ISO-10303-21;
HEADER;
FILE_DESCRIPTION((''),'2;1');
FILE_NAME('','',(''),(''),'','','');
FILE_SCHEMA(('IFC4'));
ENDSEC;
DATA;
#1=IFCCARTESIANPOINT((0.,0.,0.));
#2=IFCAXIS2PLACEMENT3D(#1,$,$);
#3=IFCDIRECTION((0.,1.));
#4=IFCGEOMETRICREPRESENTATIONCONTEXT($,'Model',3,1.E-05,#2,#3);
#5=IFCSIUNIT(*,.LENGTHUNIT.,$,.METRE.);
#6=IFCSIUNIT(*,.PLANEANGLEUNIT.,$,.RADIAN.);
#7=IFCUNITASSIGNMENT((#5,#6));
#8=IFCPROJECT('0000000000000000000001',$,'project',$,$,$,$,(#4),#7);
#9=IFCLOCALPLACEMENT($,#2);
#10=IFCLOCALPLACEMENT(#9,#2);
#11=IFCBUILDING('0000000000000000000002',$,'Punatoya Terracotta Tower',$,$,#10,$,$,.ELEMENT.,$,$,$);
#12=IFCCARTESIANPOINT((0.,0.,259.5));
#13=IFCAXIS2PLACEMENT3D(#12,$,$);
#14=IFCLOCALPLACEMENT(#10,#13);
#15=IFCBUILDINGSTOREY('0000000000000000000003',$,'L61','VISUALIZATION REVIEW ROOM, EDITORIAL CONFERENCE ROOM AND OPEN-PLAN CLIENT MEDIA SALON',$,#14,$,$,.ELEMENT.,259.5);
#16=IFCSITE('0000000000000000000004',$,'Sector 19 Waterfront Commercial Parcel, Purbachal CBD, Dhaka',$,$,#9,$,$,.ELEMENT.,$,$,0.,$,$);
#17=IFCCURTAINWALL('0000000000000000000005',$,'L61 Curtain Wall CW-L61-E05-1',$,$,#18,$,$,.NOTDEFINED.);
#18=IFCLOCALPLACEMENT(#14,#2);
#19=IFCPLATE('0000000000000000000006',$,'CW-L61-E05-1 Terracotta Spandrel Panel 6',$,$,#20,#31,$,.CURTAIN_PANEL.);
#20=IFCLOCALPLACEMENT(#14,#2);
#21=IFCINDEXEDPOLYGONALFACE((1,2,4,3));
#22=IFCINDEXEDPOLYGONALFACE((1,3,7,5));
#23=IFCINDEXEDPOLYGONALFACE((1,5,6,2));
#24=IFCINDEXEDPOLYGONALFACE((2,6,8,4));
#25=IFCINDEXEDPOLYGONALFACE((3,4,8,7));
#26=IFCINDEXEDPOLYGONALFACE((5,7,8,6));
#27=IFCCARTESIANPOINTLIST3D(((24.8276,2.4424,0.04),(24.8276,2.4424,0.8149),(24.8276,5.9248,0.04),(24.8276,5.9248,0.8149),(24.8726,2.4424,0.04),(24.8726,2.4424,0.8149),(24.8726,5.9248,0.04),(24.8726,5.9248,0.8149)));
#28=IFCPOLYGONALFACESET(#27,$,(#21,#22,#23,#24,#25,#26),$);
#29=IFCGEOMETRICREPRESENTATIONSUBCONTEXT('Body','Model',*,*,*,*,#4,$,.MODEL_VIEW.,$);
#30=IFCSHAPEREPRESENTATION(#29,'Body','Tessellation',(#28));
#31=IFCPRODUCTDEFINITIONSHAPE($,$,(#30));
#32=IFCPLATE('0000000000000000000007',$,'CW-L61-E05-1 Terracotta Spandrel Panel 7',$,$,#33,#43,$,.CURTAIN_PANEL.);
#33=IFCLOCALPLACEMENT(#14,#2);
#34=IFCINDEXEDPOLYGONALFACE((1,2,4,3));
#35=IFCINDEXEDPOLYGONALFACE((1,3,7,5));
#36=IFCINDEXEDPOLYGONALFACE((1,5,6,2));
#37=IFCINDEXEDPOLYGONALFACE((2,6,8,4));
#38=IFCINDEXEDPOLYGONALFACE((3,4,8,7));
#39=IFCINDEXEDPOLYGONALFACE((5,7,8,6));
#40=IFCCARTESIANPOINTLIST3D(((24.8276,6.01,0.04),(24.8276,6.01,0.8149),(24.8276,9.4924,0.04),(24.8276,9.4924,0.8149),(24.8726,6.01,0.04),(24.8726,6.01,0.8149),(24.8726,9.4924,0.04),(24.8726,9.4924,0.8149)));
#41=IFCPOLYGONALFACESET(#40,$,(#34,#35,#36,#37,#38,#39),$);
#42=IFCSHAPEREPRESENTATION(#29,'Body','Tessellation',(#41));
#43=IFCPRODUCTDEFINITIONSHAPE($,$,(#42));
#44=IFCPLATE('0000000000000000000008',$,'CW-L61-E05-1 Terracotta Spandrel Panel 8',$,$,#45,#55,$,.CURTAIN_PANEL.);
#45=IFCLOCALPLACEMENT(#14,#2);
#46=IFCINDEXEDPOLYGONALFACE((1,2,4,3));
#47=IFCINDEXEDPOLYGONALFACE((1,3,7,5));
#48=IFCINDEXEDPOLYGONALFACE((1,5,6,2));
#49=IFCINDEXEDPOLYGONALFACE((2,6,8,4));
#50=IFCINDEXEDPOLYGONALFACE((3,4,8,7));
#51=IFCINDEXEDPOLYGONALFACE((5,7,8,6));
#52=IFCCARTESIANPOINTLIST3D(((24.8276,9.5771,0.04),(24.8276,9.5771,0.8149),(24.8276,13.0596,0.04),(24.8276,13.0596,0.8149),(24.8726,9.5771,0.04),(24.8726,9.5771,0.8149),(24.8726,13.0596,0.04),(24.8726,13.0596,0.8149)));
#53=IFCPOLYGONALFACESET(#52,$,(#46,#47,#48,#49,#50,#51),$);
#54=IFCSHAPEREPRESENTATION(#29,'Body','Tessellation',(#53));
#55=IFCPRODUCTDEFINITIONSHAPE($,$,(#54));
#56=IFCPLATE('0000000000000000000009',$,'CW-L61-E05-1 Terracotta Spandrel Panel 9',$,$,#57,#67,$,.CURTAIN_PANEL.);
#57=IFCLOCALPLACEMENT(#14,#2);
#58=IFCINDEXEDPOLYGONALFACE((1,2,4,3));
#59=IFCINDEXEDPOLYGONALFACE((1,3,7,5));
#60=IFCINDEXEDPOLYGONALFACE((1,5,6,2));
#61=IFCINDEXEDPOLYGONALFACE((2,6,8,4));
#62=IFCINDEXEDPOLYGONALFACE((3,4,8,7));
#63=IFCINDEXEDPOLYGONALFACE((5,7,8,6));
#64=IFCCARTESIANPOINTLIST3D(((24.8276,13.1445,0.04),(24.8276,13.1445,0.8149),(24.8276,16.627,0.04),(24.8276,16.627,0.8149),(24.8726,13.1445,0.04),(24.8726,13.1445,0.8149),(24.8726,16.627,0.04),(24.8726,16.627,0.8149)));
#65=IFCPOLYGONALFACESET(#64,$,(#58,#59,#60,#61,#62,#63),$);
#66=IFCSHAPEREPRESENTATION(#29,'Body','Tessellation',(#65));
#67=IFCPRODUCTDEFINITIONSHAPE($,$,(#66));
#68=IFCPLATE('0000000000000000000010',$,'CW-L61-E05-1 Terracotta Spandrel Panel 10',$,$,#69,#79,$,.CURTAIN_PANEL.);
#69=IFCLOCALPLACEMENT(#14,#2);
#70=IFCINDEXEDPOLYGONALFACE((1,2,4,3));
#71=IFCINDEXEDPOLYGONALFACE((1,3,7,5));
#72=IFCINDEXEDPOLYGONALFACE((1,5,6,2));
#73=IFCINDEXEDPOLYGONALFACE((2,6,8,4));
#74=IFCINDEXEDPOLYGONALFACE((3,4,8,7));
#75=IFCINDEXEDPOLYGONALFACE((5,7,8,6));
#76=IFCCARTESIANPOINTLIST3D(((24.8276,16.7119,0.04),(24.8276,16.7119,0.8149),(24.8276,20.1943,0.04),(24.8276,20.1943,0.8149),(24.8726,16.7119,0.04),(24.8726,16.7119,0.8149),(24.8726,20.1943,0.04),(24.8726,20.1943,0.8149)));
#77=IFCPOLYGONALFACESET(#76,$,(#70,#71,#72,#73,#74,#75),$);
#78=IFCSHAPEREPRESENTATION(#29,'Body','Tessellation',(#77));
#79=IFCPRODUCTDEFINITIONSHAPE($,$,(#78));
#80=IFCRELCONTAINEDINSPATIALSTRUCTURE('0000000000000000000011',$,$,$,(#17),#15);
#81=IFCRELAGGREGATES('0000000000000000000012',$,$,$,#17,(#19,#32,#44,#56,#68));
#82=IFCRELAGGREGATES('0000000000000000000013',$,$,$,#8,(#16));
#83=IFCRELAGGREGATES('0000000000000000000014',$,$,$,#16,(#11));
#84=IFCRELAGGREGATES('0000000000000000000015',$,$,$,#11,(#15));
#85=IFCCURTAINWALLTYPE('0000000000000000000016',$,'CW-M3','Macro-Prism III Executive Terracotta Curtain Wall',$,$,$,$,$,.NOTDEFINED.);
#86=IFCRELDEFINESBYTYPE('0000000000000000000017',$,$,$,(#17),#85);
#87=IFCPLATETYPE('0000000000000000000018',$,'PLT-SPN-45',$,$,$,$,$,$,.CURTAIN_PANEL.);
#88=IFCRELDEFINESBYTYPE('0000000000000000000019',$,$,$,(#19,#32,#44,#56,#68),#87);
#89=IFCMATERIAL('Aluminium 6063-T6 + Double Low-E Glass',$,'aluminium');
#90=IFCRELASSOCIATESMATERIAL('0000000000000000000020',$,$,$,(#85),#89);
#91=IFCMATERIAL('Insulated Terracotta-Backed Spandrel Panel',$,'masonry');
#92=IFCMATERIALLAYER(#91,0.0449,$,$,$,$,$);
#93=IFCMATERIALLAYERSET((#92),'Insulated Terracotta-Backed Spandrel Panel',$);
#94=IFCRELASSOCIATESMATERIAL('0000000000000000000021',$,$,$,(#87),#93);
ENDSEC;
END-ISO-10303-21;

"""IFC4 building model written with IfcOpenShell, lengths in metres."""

from ifc_helpers import new_model, si_unit, direction, frame, origin, origin_2d, place, context, subcontext, project, spatial, rectangle, extrude, material, layer, layer_set, type_object, element, aggregate, save


model = new_model("IFC4")

# Units and contexts
model_context = context("Model", 3, precision=1e-05, world=origin(), true_north=direction((0.0, 1.0)))
body_context = subcontext(model_context, "Body", "Model", "MODEL_VIEW")
ifc_project = project(units=[si_unit("LENGTHUNIT", "METRE"), si_unit("PLANEANGLEUNIT", "RADIAN")], contexts=[model_context])

# Site, building, storey
site_placement = place(None, origin())
site = spatial("IfcSite", under=ifc_project, at=site_placement, Name="Sector 19 Waterfront Commercial Parcel, Purbachal CBD, Dhaka", CompositionType="ELEMENT", RefElevation=0.0)
building_placement = place(site_placement, origin())
building = spatial("IfcBuilding", under=site, at=building_placement, Name="Punatoya Terracotta Tower", CompositionType="ELEMENT")
storey_placement = place(building_placement, frame((0.0, 0.0, 259.5)))
storey = spatial("IfcBuildingStorey", under=building, at=storey_placement, Name="L61", Description="VISUALIZATION REVIEW ROOM, EDITORIAL CONFERENCE ROOM AND OPEN-PLAN CLIENT MEDIA SALON", CompositionType="ELEMENT", Elevation=259.5)

# Curtain wall, plates
ifc_material_1 = material(Name="Aluminium 6063-T6 + Double Low-E Glass", Category="aluminium")
curtain_wall_type = type_object("IfcCurtainWallType", Name="CW-M3", Description="Macro-Prism III Executive Terracotta Curtain Wall", PredefinedType="NOTDEFINED", material=ifc_material_1)
curtain_wall_placement = place(storey_placement, origin())
curtain_wall = element("IfcCurtainWall", 1, at=curtain_wall_placement, inside=storey, type_object=curtain_wall_type, Name="L61 Curtain Wall CW-L61-E05-1", PredefinedType="NOTDEFINED")
ifc_material_2 = material(Name="Insulated Terracotta-Backed Spandrel Panel", Category="masonry")
ifc_layer_1 = layer(ifc_material_2, 0.0449)
ifc_layer_set_1 = layer_set([ifc_layer_1], Name="Insulated Terracotta-Backed Spandrel Panel")
plate_type_1 = type_object("IfcPlateType", Name="PLT-SPN-45", PredefinedType="CURTAIN_PANEL", material=ifc_layer_set_1)
plate_1_placement = place(storey_placement, frame((24.8501, 4.1836, 0.04), z_axis=(0.0, 0.0, 1.0), x_axis=(0.0, 1.0, 0.0)))
plate_1 = element("IfcPlate", 2, at=plate_1_placement, type_object=plate_type_1, Name="CW-L61-E05-1 Terracotta Spandrel Panel 6", PredefinedType="CURTAIN_PANEL", context=body_context, shape_type="SweptSolid", body=[
    extrude(rectangle(XDim=3.4824, YDim=0.0449, at=origin_2d()), origin(), (0.0, 0.0, 1.0), 0.7749),
])
plate_2_placement = place(storey_placement, frame((24.8501, 7.7512, 0.04), z_axis=(0.0, 0.0, 1.0), x_axis=(0.0, 1.0, 0.0)))
plate_2 = element("IfcPlate", 3, at=plate_2_placement, type_object=plate_type_1, Name="CW-L61-E05-1 Terracotta Spandrel Panel 7", PredefinedType="CURTAIN_PANEL", context=body_context, shape_type="SweptSolid", body=[
    extrude(rectangle(XDim=3.4824, YDim=0.0449, at=origin_2d()), origin(), (0.0, 0.0, 1.0), 0.7749),
])
plate_3_placement = place(storey_placement, frame((24.8501, 11.3184, 0.04), z_axis=(0.0, 0.0, 1.0), x_axis=(0.0, 1.0, 0.0)))
plate_3 = element("IfcPlate", 4, at=plate_3_placement, type_object=plate_type_1, Name="CW-L61-E05-1 Terracotta Spandrel Panel 8", PredefinedType="CURTAIN_PANEL", context=body_context, shape_type="SweptSolid", body=[
    extrude(rectangle(XDim=3.4824, YDim=0.0449, at=origin_2d()), origin(), (0.0, 0.0, 1.0), 0.7749),
])
plate_4_placement = place(storey_placement, frame((24.8501, 14.8857, 0.04), z_axis=(0.0, 0.0, 1.0), x_axis=(0.0, 1.0, 0.0)))
plate_4 = element("IfcPlate", 5, at=plate_4_placement, type_object=plate_type_1, Name="CW-L61-E05-1 Terracotta Spandrel Panel 9", PredefinedType="CURTAIN_PANEL", context=body_context, shape_type="SweptSolid", body=[
    extrude(rectangle(XDim=3.4824, YDim=0.0449, at=origin_2d()), origin(), (0.0, 0.0, 1.0), 0.7749),
])
plate_5_placement = place(storey_placement, frame((24.8501, 18.4531, 0.04), z_axis=(0.0, 0.0, 1.0), x_axis=(0.0, 1.0, 0.0)))
plate_5 = element("IfcPlate", 6, at=plate_5_placement, type_object=plate_type_1, Name="CW-L61-E05-1 Terracotta Spandrel Panel 10", PredefinedType="CURTAIN_PANEL", context=body_context, shape_type="SweptSolid", body=[
    extrude(rectangle(XDim=3.4824, YDim=0.0449, at=origin_2d()), origin(), (0.0, 0.0, 1.0), 0.7749),
])
aggregate(curtain_wall, [plate_1, plate_2, plate_3, plate_4, plate_5])

save(model, "model.ifc")
